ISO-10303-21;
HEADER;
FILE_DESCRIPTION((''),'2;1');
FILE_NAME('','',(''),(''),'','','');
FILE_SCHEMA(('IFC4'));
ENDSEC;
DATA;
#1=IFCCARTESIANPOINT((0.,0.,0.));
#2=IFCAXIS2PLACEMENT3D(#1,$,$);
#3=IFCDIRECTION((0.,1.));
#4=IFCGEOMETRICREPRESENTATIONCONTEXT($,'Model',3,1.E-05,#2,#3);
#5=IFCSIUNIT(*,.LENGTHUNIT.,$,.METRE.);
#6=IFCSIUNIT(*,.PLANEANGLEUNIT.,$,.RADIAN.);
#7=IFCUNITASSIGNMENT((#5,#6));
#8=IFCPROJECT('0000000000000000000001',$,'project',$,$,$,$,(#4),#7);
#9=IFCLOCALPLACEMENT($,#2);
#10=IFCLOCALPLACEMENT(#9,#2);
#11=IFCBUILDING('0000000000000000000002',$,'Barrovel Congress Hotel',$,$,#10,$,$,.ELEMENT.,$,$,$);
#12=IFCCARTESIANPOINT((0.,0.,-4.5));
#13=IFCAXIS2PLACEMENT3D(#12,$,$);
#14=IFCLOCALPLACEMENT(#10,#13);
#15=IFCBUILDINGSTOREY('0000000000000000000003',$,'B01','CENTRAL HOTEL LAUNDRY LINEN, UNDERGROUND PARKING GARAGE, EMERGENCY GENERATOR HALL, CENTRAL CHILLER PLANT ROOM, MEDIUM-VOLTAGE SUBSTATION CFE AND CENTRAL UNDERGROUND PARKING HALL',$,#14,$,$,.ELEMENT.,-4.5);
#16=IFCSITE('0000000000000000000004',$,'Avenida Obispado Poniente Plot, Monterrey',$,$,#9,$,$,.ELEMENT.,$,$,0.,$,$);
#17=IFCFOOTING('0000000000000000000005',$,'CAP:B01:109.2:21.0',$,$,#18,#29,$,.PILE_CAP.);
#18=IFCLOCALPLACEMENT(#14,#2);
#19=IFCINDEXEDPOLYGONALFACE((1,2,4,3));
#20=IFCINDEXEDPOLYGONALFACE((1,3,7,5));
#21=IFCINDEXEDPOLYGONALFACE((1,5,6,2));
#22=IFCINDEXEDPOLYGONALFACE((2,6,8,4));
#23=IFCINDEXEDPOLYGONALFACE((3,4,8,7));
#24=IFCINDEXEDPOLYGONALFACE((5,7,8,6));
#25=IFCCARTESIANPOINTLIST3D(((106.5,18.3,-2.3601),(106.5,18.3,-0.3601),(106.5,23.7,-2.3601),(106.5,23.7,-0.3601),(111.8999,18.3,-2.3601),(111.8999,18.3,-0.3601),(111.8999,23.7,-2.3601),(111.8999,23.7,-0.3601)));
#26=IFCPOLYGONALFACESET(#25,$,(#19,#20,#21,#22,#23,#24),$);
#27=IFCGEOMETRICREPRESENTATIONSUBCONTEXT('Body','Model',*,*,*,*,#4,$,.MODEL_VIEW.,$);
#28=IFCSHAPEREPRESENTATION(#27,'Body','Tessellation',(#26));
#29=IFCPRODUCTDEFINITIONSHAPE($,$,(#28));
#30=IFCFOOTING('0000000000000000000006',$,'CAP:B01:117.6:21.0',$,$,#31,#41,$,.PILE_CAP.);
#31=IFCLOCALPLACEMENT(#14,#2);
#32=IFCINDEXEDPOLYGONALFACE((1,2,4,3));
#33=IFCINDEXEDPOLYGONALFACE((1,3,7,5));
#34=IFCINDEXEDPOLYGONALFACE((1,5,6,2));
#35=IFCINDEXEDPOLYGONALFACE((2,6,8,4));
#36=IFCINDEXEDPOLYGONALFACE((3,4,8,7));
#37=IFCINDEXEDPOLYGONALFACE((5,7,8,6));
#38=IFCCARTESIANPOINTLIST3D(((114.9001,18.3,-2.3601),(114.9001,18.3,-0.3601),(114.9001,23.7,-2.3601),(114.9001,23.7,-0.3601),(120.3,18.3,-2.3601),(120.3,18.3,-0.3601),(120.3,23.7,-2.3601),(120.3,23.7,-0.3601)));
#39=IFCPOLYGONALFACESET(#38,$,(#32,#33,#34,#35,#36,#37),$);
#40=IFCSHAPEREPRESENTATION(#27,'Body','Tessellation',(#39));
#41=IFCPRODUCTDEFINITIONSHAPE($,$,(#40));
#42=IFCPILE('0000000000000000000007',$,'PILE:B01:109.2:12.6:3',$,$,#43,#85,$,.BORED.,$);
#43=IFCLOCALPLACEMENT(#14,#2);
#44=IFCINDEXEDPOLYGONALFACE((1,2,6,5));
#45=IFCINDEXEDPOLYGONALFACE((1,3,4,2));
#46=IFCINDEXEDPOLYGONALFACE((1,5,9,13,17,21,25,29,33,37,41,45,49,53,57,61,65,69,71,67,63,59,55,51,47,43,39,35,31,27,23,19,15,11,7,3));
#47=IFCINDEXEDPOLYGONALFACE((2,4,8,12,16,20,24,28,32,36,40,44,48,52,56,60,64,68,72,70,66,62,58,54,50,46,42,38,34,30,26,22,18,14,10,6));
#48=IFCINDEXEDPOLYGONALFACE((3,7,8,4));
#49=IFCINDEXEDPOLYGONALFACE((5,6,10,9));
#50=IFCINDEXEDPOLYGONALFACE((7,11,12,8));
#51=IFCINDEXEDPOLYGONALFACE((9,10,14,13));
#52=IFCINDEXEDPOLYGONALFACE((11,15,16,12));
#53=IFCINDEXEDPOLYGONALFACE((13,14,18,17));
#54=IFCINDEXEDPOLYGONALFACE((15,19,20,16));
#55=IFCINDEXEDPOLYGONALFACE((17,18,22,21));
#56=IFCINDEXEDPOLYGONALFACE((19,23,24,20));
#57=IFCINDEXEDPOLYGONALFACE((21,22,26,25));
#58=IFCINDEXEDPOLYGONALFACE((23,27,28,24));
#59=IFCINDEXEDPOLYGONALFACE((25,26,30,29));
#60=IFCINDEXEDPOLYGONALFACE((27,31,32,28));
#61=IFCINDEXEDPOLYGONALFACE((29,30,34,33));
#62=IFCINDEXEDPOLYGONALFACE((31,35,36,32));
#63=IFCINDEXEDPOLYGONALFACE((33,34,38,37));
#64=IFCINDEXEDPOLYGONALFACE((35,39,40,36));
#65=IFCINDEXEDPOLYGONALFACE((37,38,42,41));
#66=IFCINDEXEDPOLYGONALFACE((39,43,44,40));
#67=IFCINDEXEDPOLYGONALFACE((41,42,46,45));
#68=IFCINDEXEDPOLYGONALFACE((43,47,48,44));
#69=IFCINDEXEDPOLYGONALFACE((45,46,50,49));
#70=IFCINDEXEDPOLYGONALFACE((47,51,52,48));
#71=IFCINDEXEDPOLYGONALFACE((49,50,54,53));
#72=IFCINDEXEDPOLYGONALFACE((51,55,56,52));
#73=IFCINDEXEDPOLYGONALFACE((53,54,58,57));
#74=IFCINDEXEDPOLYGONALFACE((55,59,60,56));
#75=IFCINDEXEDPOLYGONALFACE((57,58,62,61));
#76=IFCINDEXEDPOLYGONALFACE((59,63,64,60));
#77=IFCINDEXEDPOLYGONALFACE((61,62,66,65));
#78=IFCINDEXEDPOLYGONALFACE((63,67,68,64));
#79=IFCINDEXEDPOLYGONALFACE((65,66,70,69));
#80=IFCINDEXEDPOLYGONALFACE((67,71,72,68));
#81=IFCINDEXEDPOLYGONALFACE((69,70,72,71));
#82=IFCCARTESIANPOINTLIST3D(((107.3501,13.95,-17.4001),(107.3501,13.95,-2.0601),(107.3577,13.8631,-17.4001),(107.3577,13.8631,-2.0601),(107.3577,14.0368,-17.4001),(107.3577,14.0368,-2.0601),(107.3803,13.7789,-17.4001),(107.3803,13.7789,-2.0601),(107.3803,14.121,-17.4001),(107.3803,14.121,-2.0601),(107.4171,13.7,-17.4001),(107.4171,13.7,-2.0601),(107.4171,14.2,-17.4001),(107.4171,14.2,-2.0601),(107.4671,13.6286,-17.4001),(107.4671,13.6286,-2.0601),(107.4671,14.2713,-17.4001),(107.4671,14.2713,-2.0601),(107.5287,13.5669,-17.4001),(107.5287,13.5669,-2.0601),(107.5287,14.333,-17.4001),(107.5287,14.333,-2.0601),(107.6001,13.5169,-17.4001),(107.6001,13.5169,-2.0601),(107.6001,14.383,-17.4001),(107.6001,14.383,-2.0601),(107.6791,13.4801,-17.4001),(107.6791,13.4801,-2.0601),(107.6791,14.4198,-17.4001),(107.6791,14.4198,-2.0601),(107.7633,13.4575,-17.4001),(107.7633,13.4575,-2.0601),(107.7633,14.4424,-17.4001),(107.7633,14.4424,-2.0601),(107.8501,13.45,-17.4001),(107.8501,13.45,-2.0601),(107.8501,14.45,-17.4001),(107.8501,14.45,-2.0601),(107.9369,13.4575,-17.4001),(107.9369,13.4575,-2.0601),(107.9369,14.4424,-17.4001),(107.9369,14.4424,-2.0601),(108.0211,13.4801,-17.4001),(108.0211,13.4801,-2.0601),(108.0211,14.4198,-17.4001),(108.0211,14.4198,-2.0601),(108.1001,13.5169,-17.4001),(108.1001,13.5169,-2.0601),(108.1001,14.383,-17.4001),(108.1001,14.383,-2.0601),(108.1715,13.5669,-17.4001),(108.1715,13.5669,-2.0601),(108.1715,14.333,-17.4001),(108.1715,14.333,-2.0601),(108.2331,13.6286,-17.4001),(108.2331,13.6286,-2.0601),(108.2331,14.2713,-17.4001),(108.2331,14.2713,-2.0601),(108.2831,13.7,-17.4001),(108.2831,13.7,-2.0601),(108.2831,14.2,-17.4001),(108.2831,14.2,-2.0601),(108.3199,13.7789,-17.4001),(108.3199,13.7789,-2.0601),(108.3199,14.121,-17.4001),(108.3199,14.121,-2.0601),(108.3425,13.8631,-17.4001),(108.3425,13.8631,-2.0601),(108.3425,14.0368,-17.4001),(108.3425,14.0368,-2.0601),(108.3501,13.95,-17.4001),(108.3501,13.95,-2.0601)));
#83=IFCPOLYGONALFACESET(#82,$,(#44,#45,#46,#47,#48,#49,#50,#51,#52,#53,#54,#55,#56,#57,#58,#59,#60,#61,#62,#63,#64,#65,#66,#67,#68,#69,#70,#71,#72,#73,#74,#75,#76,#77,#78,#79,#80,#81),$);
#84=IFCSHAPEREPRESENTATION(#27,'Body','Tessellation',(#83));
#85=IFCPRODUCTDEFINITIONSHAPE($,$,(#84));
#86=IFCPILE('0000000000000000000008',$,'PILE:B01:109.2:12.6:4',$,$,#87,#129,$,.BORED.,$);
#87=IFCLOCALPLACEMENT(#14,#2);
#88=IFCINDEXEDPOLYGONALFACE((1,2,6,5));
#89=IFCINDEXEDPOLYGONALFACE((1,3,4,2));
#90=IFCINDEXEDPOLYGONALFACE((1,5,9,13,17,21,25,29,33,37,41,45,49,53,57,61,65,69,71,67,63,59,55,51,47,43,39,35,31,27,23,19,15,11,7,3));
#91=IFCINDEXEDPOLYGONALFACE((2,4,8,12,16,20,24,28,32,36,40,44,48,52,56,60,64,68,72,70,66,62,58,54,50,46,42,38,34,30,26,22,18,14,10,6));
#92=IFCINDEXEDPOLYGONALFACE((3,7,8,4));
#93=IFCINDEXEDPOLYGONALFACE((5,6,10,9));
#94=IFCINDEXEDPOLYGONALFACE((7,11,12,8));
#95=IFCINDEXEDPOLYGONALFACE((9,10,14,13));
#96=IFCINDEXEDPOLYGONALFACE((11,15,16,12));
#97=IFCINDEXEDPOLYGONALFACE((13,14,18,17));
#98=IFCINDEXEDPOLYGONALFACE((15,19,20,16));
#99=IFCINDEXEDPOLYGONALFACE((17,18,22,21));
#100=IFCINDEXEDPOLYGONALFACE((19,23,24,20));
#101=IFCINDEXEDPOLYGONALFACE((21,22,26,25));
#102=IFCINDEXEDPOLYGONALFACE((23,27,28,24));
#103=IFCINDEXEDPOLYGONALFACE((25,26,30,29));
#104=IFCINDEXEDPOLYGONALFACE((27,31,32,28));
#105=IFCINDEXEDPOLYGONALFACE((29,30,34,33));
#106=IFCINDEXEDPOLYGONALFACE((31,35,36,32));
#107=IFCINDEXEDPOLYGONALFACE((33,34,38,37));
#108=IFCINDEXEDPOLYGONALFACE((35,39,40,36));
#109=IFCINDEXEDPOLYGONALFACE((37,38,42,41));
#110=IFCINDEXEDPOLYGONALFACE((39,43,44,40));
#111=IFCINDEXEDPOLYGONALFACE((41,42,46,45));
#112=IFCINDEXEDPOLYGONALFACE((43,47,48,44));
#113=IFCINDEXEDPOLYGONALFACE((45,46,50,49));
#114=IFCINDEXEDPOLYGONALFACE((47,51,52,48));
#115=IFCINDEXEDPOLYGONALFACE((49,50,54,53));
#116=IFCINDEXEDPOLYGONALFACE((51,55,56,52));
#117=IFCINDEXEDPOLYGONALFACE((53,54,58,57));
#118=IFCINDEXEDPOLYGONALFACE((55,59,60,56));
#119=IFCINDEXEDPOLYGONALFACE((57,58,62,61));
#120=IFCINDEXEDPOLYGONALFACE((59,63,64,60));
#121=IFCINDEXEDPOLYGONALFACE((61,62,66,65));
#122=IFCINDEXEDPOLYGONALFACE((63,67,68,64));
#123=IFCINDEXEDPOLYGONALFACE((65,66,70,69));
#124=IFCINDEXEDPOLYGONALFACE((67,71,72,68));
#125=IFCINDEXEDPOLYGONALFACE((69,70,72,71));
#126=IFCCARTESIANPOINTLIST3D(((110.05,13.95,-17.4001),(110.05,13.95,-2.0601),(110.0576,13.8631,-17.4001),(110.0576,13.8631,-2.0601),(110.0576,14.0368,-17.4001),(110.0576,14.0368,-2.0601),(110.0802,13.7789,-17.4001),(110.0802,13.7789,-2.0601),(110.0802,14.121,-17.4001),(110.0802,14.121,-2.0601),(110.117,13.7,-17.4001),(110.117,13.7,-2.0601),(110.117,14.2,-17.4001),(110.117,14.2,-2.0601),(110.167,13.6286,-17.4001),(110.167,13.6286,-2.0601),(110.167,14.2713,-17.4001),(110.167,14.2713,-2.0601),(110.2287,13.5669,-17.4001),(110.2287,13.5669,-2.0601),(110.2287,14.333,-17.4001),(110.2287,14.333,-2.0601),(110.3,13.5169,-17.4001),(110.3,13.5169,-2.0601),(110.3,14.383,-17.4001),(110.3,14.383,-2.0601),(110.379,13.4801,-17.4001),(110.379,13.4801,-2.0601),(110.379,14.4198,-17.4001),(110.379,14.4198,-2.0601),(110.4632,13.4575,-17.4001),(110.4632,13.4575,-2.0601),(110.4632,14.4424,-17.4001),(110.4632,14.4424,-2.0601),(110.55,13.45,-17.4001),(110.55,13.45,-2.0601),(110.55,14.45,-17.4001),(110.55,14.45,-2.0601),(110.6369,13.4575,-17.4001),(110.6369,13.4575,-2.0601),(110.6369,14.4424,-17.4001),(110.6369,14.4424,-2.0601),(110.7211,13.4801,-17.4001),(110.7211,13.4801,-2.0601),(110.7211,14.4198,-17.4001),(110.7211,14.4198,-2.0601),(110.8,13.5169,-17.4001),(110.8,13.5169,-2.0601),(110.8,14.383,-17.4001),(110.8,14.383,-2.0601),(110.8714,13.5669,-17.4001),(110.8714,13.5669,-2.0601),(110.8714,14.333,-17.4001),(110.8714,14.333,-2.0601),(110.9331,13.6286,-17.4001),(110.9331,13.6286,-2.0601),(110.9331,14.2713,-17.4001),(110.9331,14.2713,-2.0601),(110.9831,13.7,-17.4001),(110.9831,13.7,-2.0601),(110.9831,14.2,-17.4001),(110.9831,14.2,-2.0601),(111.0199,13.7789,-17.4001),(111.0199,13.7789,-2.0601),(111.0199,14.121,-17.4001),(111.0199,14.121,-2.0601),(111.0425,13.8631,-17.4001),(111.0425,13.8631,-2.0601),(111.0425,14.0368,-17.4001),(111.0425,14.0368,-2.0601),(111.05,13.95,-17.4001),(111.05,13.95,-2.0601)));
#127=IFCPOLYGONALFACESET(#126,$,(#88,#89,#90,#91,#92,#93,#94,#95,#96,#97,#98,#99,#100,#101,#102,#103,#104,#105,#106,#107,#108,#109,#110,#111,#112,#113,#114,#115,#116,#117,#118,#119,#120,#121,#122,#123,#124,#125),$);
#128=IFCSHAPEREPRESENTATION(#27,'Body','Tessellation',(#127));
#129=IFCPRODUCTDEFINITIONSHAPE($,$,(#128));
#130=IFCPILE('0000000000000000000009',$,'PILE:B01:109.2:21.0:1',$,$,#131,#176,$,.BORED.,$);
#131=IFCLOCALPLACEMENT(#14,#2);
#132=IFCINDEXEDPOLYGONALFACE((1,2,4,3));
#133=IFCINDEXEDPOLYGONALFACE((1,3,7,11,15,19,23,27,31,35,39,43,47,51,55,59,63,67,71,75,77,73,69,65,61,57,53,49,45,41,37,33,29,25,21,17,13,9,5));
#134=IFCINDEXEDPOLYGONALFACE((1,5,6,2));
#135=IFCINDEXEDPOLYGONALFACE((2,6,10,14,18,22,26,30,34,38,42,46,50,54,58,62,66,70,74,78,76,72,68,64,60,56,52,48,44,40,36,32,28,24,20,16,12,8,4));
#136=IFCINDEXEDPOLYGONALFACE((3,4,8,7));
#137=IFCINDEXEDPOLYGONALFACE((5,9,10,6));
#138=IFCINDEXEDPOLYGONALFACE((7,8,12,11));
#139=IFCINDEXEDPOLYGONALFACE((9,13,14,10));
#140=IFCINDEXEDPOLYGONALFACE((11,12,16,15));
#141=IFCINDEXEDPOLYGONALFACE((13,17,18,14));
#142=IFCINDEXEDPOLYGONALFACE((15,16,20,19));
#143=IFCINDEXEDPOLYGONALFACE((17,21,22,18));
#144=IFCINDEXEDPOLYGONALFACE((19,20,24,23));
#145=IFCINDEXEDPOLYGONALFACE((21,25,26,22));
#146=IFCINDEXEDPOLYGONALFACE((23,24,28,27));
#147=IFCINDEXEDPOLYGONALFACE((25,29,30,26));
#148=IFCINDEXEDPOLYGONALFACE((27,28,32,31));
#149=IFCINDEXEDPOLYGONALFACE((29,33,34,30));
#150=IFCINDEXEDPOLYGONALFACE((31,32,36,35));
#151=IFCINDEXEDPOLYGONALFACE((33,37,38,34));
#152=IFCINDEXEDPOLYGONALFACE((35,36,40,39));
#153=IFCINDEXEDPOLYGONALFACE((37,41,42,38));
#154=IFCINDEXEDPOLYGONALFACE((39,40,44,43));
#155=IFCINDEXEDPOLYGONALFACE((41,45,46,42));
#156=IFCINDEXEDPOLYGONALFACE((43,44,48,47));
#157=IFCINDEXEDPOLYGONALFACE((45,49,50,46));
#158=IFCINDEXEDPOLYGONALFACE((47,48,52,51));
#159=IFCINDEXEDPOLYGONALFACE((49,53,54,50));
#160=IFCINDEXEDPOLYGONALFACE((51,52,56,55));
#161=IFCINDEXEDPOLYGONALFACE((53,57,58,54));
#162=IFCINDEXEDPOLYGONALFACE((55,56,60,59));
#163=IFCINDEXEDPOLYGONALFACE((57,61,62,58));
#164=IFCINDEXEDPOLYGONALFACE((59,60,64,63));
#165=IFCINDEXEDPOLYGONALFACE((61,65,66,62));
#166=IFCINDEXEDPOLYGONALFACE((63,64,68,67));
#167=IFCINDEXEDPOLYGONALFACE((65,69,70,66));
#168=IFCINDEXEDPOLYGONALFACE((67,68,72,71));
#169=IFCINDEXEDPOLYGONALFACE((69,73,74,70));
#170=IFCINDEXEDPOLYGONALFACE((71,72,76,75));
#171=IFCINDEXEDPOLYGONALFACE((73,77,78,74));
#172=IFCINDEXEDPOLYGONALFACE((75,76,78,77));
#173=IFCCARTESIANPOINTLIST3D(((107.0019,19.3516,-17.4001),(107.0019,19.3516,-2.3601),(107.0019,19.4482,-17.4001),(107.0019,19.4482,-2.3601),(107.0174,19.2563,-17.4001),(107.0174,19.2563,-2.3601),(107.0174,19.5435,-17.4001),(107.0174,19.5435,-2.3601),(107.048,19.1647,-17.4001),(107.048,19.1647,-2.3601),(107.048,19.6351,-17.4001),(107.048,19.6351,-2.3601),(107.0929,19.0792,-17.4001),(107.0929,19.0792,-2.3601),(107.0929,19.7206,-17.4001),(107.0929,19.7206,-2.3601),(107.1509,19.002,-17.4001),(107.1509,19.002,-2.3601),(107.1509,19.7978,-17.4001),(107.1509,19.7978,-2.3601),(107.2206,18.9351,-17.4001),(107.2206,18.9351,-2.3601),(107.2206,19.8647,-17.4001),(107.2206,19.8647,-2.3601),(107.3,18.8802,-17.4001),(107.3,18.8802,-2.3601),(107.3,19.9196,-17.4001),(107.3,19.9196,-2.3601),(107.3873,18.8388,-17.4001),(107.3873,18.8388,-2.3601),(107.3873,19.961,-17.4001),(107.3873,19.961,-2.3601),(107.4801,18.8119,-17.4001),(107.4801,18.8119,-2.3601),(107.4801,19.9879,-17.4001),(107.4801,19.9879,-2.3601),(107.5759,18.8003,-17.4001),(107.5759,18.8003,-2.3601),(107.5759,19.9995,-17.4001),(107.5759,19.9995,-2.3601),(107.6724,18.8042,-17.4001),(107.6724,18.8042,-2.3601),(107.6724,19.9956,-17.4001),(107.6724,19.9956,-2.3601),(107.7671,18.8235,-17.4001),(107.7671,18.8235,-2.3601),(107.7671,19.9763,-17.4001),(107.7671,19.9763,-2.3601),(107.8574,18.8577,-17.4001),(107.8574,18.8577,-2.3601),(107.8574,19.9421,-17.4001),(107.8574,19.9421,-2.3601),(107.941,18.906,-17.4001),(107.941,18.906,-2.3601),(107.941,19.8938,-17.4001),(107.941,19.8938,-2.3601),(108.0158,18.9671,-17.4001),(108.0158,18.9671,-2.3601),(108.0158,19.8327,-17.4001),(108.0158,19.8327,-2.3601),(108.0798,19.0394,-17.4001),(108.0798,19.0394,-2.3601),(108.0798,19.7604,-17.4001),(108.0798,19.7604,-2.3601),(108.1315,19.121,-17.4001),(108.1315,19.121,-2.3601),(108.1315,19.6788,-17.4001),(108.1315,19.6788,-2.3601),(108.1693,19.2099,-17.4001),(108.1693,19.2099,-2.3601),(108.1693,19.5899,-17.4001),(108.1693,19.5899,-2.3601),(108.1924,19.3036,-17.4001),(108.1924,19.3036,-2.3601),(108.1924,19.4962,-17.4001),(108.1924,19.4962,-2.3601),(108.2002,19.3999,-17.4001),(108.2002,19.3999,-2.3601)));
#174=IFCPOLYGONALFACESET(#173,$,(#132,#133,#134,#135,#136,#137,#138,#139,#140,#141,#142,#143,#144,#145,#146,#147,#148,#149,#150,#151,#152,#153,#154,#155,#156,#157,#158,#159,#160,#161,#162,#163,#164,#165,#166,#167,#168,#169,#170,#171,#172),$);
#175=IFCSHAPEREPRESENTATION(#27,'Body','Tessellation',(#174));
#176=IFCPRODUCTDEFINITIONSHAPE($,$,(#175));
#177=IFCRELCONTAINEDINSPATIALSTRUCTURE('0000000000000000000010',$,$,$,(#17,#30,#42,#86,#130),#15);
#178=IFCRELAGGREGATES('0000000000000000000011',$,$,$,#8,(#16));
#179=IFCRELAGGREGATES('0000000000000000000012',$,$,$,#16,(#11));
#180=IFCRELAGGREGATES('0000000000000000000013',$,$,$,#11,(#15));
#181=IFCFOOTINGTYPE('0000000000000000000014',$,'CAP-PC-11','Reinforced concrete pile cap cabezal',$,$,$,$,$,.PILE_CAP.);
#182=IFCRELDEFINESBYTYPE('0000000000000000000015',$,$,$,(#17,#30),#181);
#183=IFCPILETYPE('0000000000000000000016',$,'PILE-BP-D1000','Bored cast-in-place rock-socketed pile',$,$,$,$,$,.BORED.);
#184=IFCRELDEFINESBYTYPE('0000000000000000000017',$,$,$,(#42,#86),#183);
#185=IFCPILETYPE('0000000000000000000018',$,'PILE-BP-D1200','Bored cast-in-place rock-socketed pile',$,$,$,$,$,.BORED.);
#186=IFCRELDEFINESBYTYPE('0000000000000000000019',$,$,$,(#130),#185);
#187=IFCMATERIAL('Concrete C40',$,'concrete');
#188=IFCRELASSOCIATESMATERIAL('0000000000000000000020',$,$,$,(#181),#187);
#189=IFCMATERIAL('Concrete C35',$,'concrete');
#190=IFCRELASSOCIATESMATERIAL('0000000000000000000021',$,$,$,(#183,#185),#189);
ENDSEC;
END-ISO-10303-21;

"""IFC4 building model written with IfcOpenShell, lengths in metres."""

from ifc_helpers import new_model, si_unit, direction, frame, origin, origin_2d, place, context, subcontext, project, spatial, rectangle, circle, extrude, material, material_profile, profile_set, type_object, element, save


model = new_model("IFC4")

# Units and contexts
model_context = context("Model", 3, precision=1e-05, world=origin(), true_north=direction((0.0, 1.0)))
body_context = subcontext(model_context, "Body", "Model", "MODEL_VIEW")
ifc_project = project(units=[si_unit("LENGTHUNIT", "METRE"), si_unit("PLANEANGLEUNIT", "RADIAN")], contexts=[model_context])

# Site, building, storey
site_placement = place(None, origin())
site = spatial("IfcSite", under=ifc_project, at=site_placement, Name="Avenida Obispado Poniente Plot, Monterrey", CompositionType="ELEMENT", RefElevation=0.0)
building_placement = place(site_placement, origin())
building = spatial("IfcBuilding", under=site, at=building_placement, Name="Barrovel Congress Hotel", CompositionType="ELEMENT")
storey_placement = place(building_placement, frame((0.0, 0.0, -4.5)))
storey = spatial("IfcBuildingStorey", under=building, at=storey_placement, Name="B01", Description="CENTRAL HOTEL LAUNDRY LINEN, UNDERGROUND PARKING GARAGE, EMERGENCY GENERATOR HALL, CENTRAL CHILLER PLANT ROOM, MEDIUM-VOLTAGE SUBSTATION CFE AND CENTRAL UNDERGROUND PARKING HALL", CompositionType="ELEMENT", Elevation=-4.5)

# Footings
ifc_material_1 = material(Name="Concrete C40", Category="concrete")
footing_type = type_object("IfcFootingType", Name="CAP-PC-11", Description="Reinforced concrete pile cap cabezal", PredefinedType="PILE_CAP", material=ifc_material_1)
for number, where, z_axis, x_axis, name in (
    (1, (109.2, 21.0, -2.3601), (0.0, 0.0, 1.0), (1.0, 0.0, 0.0), "CAP:B01:109.2:21.0"),
    (2, (117.6001, 21.0, -2.3601), (0.0, 0.0, 1.0), (1.0, 0.0, 0.0), "CAP:B01:117.6:21.0"),
):
    element("IfcFooting", number, at=place(storey_placement, frame(where, z_axis=z_axis, x_axis=x_axis)), inside=storey, type_object=footing_type, Name=name, PredefinedType="PILE_CAP", context=body_context, shape_type="SweptSolid", body=[
        extrude(rectangle(XDim=5.3999, YDim=5.3999, at=origin_2d()), origin(), (0.0, 0.0, 1.0), 2.0),
    ])

# Piles
ifc_material_2 = material(Name="Concrete C35", Category="concrete")
ifc_material_profile_1 = material_profile(ifc_material_2, circle(Radius=0.5, at=origin_2d()), Name="BP-D1000")
ifc_profile_set_1 = profile_set([ifc_material_profile_1], Name="Concrete C35")
pile_type_1 = type_object("IfcPileType", Name="PILE-BP-D1000", Description="Bored cast-in-place rock-socketed pile", PredefinedType="BORED", material=ifc_profile_set_1)
for number, where, z_axis, x_axis, name in (
    (3, (107.8501, 13.95, -2.0601), (0.0, 0.0, -1.0), (1.0, 0.0, 0.0), "PILE:B01:109.2:12.6:3"),
    (4, (110.55, 13.95, -2.0601), (0.0, 0.0, -1.0), (1.0, 0.0, 0.0), "PILE:B01:109.2:12.6:4"),
):
    element("IfcPile", number, at=place(storey_placement, frame(where, z_axis=z_axis, x_axis=x_axis)), inside=storey, type_object=pile_type_1, Name=name, PredefinedType="BORED", context=body_context, shape_type="SweptSolid", body=[
        extrude(circle(Radius=0.5, at=origin_2d()), origin(), (0.0, 0.0, 1.0), 15.3401),
    ])
ifc_material_profile_2 = material_profile(ifc_material_2, circle(Radius=0.6001, at=origin_2d()), Name="BP-D1200")
ifc_profile_set_2 = profile_set([ifc_material_profile_2], Name="Concrete C35")
pile_type_2 = type_object("IfcPileType", Name="PILE-BP-D1200", Description="Bored cast-in-place rock-socketed pile", PredefinedType="BORED", material=ifc_profile_set_2)
for number, where, z_axis, x_axis, name in (
    (5, (107.6001, 19.3999, -2.3601), (0.0, 0.0, -1.0), (1.0, 0.0, 0.0), "PILE:B01:109.2:21.0:1"),
):
    element("IfcPile", number, at=place(storey_placement, frame(where, z_axis=z_axis, x_axis=x_axis)), inside=storey, type_object=pile_type_2, Name=name, PredefinedType="BORED", context=body_context, shape_type="SweptSolid", body=[
        extrude(circle(Radius=0.6001, at=origin_2d()), origin(), (0.0, 0.0, 1.0), 15.04),
    ])

save(model, "model.ifc")
